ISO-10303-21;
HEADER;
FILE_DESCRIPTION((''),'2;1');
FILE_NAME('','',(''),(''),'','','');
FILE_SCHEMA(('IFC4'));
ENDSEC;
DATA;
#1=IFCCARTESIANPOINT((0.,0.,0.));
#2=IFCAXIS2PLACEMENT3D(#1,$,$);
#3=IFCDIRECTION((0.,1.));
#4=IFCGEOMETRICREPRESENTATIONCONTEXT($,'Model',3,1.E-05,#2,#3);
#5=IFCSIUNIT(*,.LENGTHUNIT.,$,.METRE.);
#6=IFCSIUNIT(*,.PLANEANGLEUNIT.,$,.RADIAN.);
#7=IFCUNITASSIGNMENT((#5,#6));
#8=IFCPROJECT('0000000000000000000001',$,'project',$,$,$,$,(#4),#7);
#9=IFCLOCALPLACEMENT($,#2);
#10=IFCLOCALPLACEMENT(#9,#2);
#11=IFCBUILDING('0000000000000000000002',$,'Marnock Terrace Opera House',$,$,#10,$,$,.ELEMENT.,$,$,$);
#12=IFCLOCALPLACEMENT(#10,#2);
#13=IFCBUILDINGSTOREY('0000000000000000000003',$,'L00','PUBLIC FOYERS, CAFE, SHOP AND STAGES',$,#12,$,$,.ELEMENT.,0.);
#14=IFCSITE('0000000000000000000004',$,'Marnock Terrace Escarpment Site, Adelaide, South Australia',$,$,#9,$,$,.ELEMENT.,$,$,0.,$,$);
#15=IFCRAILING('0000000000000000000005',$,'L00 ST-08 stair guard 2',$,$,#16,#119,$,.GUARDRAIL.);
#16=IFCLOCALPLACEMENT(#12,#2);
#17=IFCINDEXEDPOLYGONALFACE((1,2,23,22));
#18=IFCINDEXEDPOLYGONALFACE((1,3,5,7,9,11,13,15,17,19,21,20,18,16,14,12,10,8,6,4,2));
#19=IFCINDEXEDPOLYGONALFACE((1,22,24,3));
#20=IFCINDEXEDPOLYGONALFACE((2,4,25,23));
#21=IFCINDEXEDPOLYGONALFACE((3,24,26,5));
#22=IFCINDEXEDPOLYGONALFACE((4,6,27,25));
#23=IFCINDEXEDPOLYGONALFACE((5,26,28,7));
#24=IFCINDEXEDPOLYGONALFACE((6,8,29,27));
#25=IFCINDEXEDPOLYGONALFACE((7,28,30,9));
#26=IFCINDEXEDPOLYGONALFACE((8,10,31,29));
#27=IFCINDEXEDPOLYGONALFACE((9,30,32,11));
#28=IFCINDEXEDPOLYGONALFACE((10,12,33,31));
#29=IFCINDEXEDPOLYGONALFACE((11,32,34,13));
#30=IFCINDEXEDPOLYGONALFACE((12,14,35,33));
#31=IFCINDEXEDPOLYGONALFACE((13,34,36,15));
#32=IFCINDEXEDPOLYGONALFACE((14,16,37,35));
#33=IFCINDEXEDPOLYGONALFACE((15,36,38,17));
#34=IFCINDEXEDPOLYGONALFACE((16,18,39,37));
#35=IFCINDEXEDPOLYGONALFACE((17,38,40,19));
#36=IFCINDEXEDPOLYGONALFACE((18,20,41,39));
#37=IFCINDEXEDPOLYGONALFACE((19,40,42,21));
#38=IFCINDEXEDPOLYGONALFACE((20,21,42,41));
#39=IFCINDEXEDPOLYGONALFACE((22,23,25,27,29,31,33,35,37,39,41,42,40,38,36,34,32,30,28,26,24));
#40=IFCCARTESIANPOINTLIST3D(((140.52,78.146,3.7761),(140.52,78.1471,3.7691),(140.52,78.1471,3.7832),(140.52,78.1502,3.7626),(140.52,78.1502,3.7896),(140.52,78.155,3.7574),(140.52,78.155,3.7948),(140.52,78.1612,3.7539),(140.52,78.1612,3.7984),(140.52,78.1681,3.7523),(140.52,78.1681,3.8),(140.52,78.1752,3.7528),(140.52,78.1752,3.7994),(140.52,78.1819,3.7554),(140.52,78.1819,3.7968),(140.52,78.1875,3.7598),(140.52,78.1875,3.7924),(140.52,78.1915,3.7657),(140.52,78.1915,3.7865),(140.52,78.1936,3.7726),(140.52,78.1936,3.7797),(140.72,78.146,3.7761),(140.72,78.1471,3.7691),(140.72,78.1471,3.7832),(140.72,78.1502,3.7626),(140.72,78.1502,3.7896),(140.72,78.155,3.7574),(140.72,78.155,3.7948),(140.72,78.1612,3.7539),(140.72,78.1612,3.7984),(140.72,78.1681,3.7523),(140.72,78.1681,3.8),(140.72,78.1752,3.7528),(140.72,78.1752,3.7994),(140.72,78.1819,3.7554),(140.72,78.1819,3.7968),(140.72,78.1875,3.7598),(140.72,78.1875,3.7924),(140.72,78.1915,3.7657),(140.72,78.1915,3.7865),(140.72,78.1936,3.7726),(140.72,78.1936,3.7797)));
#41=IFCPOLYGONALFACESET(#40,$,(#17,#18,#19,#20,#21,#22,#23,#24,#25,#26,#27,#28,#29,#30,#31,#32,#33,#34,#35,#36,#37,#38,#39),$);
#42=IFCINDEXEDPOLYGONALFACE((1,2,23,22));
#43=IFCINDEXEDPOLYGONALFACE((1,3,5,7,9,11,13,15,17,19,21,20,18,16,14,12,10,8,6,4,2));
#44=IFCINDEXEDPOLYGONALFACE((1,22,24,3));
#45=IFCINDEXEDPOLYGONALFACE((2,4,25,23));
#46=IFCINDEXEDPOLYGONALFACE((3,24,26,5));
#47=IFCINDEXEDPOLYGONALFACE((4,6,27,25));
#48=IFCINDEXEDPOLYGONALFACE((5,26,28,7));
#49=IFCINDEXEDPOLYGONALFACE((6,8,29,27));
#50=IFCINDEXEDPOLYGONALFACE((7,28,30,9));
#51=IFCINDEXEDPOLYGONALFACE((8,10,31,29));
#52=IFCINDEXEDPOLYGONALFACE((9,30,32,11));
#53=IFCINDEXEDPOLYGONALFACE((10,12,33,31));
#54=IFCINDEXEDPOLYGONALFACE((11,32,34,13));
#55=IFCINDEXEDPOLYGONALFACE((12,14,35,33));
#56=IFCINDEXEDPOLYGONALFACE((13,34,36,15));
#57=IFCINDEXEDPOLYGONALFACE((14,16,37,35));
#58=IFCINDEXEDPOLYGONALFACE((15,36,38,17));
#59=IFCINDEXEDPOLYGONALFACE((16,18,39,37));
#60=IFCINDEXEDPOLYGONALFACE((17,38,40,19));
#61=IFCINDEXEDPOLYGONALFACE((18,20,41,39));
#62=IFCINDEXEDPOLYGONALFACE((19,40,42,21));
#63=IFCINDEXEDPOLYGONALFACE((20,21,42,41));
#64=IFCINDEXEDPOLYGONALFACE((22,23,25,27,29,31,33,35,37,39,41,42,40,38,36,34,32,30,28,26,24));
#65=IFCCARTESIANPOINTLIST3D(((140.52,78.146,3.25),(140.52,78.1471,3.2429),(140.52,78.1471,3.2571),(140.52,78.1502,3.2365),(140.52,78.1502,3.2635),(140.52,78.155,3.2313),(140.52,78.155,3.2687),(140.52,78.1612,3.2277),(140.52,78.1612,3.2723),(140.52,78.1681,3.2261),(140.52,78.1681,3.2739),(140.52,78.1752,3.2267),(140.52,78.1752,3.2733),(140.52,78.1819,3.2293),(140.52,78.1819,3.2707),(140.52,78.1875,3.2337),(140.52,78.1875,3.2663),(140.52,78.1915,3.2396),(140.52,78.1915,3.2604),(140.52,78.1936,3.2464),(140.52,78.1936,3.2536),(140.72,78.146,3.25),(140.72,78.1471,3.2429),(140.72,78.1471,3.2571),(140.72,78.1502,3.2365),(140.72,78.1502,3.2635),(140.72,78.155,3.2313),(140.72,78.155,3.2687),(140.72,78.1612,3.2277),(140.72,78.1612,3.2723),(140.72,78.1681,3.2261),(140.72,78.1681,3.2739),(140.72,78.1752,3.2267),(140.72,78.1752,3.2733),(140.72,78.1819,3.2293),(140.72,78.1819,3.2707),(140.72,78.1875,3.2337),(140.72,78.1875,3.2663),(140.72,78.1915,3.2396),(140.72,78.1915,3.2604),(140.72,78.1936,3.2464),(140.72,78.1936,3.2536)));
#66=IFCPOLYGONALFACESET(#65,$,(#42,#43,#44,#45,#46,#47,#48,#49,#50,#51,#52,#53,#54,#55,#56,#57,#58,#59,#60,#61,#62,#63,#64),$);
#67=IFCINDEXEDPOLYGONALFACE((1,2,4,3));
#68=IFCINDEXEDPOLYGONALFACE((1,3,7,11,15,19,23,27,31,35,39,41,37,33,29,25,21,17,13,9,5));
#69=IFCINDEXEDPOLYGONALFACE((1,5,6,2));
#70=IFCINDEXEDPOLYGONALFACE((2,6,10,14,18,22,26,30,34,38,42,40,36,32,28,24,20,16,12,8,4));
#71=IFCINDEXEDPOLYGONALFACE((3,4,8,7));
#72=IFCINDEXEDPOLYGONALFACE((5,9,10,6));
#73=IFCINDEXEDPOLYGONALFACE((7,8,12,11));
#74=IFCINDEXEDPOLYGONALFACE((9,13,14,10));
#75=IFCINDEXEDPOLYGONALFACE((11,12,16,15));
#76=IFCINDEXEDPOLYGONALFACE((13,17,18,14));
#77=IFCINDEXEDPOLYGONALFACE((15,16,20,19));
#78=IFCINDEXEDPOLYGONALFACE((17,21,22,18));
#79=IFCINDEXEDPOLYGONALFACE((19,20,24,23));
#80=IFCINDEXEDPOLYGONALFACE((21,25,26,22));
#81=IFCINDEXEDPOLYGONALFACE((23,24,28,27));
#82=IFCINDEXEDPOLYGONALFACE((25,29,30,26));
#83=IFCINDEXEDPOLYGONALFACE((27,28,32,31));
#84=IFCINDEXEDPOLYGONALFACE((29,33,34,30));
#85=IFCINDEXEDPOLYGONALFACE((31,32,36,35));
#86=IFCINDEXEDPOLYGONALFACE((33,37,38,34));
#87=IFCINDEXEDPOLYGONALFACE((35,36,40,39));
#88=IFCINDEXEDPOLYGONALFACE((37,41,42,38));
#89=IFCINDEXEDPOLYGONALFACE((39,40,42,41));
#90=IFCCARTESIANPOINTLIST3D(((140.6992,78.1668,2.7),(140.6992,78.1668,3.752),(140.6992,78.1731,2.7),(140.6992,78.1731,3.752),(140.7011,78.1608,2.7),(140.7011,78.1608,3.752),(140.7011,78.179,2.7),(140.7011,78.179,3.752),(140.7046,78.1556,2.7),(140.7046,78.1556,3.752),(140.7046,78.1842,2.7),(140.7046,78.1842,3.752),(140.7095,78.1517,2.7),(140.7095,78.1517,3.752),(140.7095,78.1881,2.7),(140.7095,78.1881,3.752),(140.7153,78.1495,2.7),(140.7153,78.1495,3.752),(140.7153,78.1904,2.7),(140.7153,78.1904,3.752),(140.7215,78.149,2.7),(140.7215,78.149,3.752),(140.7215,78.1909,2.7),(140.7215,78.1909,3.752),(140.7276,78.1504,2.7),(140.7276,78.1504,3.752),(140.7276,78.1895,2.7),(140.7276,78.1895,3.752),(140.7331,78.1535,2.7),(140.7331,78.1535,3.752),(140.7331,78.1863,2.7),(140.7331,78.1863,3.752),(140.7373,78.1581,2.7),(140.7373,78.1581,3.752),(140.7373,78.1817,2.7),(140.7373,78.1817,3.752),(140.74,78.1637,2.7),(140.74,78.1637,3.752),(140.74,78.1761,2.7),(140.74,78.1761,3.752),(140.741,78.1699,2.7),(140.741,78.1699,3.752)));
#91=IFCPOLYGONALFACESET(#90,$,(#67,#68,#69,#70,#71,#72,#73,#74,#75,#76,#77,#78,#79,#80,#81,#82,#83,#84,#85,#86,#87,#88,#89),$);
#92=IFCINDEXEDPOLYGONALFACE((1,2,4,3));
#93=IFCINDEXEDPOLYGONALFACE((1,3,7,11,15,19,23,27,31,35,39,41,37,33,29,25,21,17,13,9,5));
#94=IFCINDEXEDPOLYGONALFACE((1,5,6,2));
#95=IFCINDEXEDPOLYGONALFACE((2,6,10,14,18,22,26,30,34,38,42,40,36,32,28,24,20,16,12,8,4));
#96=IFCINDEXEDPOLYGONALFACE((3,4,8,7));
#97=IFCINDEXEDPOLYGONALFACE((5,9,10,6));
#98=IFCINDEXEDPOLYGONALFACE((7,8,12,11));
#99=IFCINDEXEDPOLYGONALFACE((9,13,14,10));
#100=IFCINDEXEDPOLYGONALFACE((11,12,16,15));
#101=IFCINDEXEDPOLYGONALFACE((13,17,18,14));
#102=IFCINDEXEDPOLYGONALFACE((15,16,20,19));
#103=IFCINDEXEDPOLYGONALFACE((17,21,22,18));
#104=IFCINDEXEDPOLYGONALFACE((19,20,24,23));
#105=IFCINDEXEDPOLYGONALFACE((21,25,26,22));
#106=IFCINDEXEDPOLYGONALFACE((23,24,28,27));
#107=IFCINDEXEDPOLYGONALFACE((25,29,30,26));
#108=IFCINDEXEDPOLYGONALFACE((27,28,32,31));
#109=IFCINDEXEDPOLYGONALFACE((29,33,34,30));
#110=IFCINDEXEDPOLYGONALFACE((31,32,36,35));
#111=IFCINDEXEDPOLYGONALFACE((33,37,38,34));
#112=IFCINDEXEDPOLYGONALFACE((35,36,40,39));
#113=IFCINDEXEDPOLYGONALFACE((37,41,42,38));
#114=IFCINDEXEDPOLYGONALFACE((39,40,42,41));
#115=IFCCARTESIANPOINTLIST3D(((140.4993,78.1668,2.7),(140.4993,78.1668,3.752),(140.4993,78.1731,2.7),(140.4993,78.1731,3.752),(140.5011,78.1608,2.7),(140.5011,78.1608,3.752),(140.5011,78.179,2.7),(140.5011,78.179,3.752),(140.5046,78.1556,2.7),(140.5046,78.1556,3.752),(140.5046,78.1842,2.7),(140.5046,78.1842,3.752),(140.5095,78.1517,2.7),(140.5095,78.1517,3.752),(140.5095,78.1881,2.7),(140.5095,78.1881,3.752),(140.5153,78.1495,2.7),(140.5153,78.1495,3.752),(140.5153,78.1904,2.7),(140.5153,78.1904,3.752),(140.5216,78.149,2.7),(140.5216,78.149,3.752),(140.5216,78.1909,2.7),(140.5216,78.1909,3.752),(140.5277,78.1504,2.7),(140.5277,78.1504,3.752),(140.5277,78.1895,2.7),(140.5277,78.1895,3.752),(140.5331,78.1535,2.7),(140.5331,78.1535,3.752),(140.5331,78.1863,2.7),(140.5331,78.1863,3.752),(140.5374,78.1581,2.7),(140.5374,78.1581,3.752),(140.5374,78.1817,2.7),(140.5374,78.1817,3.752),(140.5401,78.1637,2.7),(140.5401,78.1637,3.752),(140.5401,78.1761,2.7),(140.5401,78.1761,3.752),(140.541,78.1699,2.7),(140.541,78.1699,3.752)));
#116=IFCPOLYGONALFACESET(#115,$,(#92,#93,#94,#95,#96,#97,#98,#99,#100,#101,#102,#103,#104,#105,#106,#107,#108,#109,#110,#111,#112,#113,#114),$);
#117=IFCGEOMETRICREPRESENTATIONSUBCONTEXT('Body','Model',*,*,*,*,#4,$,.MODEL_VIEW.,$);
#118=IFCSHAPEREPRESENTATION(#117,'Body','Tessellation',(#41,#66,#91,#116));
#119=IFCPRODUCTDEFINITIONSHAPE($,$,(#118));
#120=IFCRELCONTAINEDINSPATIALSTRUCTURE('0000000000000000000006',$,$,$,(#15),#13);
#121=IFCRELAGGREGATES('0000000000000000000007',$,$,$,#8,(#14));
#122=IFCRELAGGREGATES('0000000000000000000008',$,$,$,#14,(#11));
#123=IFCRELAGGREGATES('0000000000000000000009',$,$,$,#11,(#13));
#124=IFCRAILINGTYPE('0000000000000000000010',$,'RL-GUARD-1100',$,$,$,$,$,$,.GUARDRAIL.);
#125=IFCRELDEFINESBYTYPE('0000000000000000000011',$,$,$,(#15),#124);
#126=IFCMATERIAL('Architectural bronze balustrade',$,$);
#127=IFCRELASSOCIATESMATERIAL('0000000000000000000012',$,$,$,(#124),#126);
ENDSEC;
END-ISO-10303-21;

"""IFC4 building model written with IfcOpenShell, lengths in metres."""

from ifc_helpers import new_model, si_unit, direction, frame, origin, origin_2d, place, context, subcontext, project, spatial, circle, extrude, material, type_object, element, save


model = new_model("IFC4")

# Units and contexts
model_context = context("Model", 3, precision=1e-05, world=origin(), true_north=direction((0.0, 1.0)))
body_context = subcontext(model_context, "Body", "Model", "MODEL_VIEW")
ifc_project = project(units=[si_unit("LENGTHUNIT", "METRE"), si_unit("PLANEANGLEUNIT", "RADIAN")], contexts=[model_context])

# Site, building, storey
site_placement = place(None, origin())
site = spatial("IfcSite", under=ifc_project, at=site_placement, Name="Marnock Terrace Escarpment Site, Adelaide, South Australia", CompositionType="ELEMENT", RefElevation=0.0)
building_placement = place(site_placement, origin())
building = spatial("IfcBuilding", under=site, at=building_placement, Name="Marnock Terrace Opera House", CompositionType="ELEMENT")
storey_placement = place(building_placement, origin())
storey = spatial("IfcBuildingStorey", under=building, at=storey_placement, Name="L00", Description="PUBLIC FOYERS, CAFE, SHOP AND STAGES", CompositionType="ELEMENT", Elevation=0.0)

# Railing
ifc_material_1 = material(Name="Architectural bronze balustrade")
railing_type_1 = type_object("IfcRailingType", Name="RL-GUARD-1100", PredefinedType="GUARDRAIL", material=ifc_material_1)
railing_1_placement = place(storey_placement, frame((140.72, 78.1699, 2.7)))
element("IfcRailing", 1, at=railing_1_placement, inside=storey, type_object=railing_type_1, Name="L00 ST-08 stair guard 2", PredefinedType="GUARDRAIL", context=body_context, shape_type="SweptSolid", body=[
    extrude(circle(Radius=0.0239, at=origin_2d()), frame((0.0, 0.0, 1.0762), z_axis=(-1.0, 0.0, 0.0), x_axis=(0.0, -1.0, 0.0)), (0.0, 0.0, 1.0), 0.2),
    extrude(circle(Radius=0.0239, at=origin_2d()), frame((0.0, 0.0, 0.55), z_axis=(-1.0, 0.0, 0.0), x_axis=(0.0, -1.0, 0.0)), (0.0, 0.0, 1.0), 0.2),
    extrude(circle(Radius=0.021, at=origin_2d()), origin(), (0.0, 0.0, 1.0), 1.052),
    extrude(circle(Radius=0.021, at=origin_2d()), frame((-0.2, 0.0, 0.0)), (0.0, 0.0, 1.0), 1.052),
])

save(model, "model.ifc")
